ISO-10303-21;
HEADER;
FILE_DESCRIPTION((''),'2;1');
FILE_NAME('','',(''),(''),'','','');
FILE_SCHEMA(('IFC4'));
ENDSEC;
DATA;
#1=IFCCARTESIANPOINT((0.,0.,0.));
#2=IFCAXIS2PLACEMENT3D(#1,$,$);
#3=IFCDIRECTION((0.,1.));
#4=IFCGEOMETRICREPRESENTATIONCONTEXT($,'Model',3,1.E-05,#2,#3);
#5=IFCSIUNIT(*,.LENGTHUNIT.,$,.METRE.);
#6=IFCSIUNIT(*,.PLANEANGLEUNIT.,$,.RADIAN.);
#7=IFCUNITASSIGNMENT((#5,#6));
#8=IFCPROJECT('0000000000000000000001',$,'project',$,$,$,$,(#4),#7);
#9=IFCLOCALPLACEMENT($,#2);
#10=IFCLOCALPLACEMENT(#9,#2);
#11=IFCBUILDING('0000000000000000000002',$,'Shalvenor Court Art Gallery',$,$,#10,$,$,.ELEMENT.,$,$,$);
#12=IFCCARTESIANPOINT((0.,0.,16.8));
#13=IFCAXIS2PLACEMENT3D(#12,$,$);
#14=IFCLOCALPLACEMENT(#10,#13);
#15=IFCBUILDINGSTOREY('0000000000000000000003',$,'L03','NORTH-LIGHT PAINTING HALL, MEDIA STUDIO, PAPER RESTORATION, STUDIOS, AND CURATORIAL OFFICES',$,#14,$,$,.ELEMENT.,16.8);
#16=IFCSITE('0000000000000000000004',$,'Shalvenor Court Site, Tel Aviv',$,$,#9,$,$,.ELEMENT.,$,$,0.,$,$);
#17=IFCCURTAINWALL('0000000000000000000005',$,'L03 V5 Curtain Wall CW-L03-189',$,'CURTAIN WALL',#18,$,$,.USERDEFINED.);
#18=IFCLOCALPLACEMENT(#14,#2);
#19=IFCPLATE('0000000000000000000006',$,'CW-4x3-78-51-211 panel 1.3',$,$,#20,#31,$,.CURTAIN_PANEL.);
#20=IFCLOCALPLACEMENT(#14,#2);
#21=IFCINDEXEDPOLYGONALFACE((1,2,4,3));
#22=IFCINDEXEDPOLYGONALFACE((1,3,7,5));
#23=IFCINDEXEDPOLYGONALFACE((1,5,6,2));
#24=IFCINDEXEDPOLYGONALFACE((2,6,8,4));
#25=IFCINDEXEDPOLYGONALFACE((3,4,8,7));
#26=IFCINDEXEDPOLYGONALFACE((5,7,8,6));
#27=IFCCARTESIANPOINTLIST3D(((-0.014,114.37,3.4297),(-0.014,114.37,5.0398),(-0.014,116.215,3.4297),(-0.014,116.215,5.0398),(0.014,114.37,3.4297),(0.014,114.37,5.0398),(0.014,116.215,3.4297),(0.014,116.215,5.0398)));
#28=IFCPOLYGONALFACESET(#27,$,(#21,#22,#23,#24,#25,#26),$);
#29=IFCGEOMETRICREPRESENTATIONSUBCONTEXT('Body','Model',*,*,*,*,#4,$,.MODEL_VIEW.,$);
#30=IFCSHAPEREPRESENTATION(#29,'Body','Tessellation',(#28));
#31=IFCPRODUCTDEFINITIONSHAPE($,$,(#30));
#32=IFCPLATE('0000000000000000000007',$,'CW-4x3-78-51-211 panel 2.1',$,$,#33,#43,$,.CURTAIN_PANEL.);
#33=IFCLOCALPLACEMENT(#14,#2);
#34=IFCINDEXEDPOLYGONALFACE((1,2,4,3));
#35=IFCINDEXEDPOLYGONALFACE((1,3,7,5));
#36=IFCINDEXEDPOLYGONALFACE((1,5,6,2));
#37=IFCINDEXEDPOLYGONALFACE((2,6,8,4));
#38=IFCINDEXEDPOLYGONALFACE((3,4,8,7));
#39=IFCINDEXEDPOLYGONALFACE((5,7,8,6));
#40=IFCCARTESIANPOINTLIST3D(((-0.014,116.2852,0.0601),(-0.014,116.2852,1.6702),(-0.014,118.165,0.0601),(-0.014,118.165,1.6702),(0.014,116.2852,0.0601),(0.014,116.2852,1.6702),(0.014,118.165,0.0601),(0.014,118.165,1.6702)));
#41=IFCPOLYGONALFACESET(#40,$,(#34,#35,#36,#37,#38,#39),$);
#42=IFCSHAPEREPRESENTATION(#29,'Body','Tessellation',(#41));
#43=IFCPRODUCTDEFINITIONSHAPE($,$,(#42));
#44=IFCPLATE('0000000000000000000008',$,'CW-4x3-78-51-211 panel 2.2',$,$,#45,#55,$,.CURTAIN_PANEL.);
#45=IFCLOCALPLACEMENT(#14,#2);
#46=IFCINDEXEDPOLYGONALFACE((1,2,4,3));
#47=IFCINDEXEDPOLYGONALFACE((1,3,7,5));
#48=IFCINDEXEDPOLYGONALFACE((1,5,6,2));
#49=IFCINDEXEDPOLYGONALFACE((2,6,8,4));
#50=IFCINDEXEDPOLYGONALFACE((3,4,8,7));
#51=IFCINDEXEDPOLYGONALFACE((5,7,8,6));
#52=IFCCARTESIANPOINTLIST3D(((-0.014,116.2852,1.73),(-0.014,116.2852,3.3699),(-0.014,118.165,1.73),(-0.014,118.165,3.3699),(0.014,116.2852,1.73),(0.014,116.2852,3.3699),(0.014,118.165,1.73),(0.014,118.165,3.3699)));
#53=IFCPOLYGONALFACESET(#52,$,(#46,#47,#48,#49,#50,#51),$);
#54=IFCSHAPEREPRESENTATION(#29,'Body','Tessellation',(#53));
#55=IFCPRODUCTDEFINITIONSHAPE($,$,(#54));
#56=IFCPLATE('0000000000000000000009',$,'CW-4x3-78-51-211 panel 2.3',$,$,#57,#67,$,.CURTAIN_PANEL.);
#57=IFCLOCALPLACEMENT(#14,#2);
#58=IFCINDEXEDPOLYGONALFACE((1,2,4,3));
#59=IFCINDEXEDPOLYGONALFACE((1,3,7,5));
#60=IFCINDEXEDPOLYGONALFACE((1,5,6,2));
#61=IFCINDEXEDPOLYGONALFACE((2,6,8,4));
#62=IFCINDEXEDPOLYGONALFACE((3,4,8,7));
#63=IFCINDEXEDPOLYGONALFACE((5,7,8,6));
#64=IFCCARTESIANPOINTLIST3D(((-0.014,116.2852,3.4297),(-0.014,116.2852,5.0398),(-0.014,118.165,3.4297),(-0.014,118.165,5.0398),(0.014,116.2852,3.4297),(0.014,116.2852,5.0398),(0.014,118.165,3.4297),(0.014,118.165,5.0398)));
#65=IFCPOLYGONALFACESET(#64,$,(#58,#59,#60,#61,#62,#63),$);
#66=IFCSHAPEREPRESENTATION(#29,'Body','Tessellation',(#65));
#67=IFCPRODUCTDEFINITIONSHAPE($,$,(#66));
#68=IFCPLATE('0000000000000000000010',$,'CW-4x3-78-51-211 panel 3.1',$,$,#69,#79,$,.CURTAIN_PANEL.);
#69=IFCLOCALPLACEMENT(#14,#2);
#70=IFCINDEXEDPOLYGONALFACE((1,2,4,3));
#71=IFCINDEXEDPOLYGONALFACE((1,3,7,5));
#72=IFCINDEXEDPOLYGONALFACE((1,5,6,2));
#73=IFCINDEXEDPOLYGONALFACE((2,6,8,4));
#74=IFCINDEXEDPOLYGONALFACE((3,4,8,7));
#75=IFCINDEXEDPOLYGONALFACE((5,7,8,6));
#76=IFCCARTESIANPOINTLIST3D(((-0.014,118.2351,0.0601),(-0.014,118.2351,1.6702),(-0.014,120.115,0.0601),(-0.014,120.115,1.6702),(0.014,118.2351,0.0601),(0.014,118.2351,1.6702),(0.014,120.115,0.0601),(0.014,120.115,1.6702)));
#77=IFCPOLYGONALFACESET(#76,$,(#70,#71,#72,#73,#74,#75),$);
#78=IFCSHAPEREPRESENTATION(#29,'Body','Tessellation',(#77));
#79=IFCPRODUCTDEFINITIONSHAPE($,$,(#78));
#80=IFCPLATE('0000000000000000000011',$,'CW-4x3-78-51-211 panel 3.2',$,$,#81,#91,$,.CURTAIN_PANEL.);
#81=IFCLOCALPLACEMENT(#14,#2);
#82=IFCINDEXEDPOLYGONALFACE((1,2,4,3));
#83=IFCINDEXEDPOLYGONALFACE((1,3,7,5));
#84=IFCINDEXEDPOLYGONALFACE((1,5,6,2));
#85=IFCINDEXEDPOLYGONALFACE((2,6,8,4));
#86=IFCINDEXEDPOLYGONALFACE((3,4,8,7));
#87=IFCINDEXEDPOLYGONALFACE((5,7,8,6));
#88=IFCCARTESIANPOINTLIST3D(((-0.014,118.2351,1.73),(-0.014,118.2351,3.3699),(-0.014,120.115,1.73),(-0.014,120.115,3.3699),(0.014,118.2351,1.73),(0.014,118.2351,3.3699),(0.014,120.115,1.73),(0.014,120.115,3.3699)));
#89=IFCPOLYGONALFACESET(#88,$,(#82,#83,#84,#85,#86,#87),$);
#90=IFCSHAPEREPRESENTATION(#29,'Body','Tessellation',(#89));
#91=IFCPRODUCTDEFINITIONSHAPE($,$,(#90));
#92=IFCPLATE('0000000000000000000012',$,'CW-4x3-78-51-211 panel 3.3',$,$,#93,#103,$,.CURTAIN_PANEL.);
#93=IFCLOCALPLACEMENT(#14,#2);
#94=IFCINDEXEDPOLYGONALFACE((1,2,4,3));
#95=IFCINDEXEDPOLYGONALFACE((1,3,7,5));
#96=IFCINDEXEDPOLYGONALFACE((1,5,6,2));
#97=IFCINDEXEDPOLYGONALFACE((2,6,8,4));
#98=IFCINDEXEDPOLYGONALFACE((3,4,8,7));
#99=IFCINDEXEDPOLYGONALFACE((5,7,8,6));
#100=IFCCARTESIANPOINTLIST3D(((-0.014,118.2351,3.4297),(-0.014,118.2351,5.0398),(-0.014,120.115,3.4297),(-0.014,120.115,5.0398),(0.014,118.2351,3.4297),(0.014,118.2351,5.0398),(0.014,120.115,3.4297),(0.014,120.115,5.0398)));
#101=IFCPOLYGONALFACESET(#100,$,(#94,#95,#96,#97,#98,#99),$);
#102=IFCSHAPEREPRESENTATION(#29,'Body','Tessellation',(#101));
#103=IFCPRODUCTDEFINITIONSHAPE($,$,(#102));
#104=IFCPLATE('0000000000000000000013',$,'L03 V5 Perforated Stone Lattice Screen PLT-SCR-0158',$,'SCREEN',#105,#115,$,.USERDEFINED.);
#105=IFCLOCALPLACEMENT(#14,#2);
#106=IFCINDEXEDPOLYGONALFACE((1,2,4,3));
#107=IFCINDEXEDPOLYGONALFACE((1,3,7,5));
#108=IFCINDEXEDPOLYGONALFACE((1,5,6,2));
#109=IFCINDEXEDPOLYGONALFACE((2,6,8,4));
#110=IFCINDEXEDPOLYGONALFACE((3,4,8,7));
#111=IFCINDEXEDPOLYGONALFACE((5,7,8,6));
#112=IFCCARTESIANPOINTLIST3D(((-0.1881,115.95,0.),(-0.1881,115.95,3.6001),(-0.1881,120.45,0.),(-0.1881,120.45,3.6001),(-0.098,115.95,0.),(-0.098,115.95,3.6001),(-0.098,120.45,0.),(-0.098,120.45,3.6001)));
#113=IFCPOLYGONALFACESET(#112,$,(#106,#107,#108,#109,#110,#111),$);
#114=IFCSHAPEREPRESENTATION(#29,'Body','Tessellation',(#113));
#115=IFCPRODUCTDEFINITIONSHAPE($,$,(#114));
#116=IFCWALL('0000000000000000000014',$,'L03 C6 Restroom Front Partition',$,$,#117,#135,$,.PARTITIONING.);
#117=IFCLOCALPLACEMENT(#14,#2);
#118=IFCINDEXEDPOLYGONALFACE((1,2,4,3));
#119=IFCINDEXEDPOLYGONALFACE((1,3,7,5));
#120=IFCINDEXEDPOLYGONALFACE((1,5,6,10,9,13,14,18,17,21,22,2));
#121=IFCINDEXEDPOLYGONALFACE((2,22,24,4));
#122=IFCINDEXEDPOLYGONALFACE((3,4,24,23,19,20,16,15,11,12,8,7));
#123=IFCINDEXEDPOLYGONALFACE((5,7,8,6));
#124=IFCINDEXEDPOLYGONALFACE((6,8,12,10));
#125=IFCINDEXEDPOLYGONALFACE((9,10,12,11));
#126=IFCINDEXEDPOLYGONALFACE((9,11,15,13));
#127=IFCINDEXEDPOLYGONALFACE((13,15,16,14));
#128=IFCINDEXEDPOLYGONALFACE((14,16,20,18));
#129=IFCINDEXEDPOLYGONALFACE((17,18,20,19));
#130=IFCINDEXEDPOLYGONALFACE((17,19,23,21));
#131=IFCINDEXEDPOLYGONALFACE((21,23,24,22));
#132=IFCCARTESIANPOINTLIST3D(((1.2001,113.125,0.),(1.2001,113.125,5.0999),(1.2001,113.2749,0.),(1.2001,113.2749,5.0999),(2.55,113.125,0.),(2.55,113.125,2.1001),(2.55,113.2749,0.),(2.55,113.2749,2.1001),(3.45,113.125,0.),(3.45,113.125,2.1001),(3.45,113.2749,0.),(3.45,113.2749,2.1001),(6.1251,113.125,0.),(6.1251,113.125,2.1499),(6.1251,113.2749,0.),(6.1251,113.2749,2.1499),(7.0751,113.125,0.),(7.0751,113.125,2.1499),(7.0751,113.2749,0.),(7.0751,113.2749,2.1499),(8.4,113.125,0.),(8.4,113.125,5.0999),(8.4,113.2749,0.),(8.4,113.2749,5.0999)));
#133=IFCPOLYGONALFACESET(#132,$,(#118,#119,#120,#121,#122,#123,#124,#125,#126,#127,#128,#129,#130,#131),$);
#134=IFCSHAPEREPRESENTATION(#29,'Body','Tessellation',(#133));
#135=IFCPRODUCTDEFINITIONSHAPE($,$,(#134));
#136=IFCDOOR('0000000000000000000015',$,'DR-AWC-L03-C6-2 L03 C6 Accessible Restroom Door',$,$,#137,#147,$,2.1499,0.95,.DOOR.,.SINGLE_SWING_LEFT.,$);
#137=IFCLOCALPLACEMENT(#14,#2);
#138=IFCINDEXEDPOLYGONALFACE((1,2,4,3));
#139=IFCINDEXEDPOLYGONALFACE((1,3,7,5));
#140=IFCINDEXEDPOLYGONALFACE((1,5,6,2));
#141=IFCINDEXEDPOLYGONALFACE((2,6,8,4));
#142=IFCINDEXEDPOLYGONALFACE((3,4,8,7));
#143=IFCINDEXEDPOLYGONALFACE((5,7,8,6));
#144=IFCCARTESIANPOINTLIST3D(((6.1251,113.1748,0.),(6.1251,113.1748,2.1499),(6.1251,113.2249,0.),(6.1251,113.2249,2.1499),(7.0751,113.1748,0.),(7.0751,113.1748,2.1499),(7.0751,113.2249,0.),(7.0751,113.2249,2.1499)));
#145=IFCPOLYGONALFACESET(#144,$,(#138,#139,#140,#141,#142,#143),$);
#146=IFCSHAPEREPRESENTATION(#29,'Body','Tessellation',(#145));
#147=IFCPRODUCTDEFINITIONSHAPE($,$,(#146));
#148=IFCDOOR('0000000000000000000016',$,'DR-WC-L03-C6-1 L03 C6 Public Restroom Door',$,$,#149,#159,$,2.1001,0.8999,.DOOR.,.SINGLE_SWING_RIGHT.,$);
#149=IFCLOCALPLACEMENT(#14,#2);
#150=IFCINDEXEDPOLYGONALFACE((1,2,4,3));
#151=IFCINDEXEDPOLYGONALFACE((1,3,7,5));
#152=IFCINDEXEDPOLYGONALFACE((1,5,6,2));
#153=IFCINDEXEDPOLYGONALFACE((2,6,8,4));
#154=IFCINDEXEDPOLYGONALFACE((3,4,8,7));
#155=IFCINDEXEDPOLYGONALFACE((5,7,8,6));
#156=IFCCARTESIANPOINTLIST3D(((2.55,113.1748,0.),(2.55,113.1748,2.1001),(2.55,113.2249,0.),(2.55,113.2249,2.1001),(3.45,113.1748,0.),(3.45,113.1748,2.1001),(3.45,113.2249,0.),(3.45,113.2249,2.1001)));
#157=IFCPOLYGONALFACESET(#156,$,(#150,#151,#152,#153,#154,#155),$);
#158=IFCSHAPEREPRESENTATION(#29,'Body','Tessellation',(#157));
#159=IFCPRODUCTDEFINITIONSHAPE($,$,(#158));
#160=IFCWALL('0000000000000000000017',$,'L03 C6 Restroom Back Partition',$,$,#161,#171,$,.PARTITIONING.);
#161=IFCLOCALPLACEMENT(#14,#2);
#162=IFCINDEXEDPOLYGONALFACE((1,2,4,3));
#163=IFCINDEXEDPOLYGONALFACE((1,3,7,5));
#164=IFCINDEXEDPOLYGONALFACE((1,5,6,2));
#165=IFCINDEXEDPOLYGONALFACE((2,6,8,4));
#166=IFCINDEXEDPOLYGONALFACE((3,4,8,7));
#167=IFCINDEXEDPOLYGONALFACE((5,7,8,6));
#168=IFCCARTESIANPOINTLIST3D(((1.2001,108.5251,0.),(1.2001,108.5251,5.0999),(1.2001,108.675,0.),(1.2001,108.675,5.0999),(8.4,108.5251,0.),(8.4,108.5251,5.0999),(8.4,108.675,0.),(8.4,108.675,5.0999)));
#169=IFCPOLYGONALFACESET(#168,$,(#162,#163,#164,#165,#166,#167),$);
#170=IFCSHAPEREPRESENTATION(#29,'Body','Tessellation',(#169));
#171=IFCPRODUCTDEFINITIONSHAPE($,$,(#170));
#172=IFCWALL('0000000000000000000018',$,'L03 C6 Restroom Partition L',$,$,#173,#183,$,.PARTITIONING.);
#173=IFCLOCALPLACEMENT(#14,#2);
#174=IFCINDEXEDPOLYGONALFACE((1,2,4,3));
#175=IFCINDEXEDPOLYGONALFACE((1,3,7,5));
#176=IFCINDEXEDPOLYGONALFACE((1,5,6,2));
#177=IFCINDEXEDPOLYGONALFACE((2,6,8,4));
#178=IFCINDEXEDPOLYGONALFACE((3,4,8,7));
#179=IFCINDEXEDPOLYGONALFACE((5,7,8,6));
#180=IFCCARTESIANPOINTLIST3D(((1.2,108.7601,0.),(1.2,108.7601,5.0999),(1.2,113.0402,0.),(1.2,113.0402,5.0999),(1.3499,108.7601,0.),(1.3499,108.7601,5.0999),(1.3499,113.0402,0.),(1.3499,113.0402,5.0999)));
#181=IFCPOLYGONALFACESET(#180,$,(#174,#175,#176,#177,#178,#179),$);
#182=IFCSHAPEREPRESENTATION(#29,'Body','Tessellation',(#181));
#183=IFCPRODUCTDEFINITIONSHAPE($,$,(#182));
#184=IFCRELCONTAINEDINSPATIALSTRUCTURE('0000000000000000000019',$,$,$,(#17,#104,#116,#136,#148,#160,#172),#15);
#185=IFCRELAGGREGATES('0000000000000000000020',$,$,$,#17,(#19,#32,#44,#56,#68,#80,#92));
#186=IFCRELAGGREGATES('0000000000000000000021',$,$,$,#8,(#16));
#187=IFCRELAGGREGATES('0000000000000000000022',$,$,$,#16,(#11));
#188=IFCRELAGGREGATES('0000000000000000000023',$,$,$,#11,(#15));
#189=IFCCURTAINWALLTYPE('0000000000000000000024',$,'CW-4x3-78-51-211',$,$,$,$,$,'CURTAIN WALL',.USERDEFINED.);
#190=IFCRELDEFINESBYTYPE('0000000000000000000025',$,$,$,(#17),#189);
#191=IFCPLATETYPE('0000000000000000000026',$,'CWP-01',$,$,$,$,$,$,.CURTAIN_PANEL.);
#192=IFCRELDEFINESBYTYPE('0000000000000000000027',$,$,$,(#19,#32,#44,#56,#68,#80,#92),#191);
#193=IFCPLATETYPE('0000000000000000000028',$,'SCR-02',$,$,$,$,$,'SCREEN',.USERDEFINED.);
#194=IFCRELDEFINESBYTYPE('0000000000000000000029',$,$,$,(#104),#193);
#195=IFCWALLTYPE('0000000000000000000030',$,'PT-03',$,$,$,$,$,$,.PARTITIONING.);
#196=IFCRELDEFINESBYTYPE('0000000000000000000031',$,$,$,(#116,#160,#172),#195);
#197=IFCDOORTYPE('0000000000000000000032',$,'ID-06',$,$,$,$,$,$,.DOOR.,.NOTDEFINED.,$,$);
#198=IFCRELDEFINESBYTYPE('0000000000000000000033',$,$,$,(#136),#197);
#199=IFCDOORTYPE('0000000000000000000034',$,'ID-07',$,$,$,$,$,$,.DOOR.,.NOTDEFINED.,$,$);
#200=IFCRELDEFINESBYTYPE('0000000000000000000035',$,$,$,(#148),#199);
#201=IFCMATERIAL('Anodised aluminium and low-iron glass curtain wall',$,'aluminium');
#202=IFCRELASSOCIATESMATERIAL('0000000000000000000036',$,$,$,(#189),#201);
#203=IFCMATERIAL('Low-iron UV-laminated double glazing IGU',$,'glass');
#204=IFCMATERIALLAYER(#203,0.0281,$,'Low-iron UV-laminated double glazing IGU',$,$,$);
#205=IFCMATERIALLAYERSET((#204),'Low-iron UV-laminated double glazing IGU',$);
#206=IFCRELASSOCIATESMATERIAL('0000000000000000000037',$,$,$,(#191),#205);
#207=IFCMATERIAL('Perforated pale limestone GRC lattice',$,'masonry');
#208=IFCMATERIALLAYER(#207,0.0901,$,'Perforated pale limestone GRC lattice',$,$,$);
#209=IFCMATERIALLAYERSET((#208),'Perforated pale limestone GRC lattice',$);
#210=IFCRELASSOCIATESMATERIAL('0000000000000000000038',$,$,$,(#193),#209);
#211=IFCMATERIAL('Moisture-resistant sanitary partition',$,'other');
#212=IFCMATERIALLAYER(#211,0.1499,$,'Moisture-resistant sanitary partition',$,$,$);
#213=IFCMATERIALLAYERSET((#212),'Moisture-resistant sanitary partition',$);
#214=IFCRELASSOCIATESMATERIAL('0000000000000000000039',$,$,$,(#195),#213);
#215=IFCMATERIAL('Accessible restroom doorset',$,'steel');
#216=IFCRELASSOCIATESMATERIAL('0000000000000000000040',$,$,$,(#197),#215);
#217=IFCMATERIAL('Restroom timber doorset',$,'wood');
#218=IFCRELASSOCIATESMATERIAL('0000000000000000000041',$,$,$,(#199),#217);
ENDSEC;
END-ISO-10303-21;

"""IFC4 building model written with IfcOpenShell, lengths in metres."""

from ifc_helpers import new_model, si_unit, direction, frame, frame_2d, origin, origin_2d, place, context, subcontext, project, spatial, rectangle, extrude, material, layer, layer_set, type_object, element, fill, aggregate, save


model = new_model("IFC4")

# Units and contexts
model_context = context("Model", 3, precision=1e-05, world=origin(), true_north=direction((0.0, 1.0)))
body_context = subcontext(model_context, "Body", "Model", "MODEL_VIEW")
ifc_project = project(units=[si_unit("LENGTHUNIT", "METRE"), si_unit("PLANEANGLEUNIT", "RADIAN")], contexts=[model_context])

# Site, building, storey
site_placement = place(None, origin())
site = spatial("IfcSite", under=ifc_project, at=site_placement, Name="Shalvenor Court Site, Tel Aviv", CompositionType="ELEMENT", RefElevation=0.0)
building_placement = place(site_placement, origin())
building = spatial("IfcBuilding", under=site, at=building_placement, Name="Shalvenor Court Art Gallery", CompositionType="ELEMENT")
storey_placement = place(building_placement, frame((0.0, 0.0, 16.8)))
storey = spatial("IfcBuildingStorey", under=building, at=storey_placement, Name="L03", Description="NORTH-LIGHT PAINTING HALL, MEDIA STUDIO, PAPER RESTORATION, STUDIOS, AND CURATORIAL OFFICES", CompositionType="ELEMENT", Elevation=16.8)

# Curtain wall
ifc_material_1 = material(Name="Anodised aluminium and low-iron glass curtain wall", Category="aluminium")
curtain_wall_type = type_object("IfcCurtainWallType", Name="CW-4x3-78-51-211", ElementType="CURTAIN WALL", PredefinedType="USERDEFINED", material=ifc_material_1)
curtain_wall_placement = place(storey_placement, origin())
curtain_wall = element("IfcCurtainWall", 1, at=curtain_wall_placement, inside=storey, type_object=curtain_wall_type, Name="L03 V5 Curtain Wall CW-L03-189", ObjectType="CURTAIN WALL", PredefinedType="USERDEFINED")

# Plates
ifc_material_2 = material(Name="Low-iron UV-laminated double glazing IGU", Category="glass")
ifc_layer_1 = layer(ifc_material_2, 0.0281, Name="Low-iron UV-laminated double glazing IGU")
ifc_layer_set_1 = layer_set([ifc_layer_1], Name="Low-iron UV-laminated double glazing IGU")
plate_type_1 = type_object("IfcPlateType", Name="CWP-01", PredefinedType="CURTAIN_PANEL", material=ifc_layer_set_1)
plate_1_placement = place(storey_placement, frame((0.0, 115.2925, 3.4297), z_axis=(0.0, 0.0, 1.0), x_axis=(0.0, 1.0, 0.0)))
plate_1 = element("IfcPlate", 2, at=plate_1_placement, type_object=plate_type_1, Name="CW-4x3-78-51-211 panel 1.3", PredefinedType="CURTAIN_PANEL", context=body_context, shape_type="SweptSolid", body=[
    extrude(rectangle(XDim=1.845, YDim=0.0281, at=origin_2d()), origin(), (0.0, 0.0, 1.0), 1.6101),
])
plate_2_placement = place(storey_placement, frame((0.0, 117.2251, 0.0601), z_axis=(0.0, 0.0, 1.0), x_axis=(0.0, 1.0, 0.0)))
plate_2 = element("IfcPlate", 3, at=plate_2_placement, type_object=plate_type_1, Name="CW-4x3-78-51-211 panel 2.1", PredefinedType="CURTAIN_PANEL", context=body_context, shape_type="SweptSolid", body=[
    extrude(rectangle(XDim=1.8799, YDim=0.0281, at=origin_2d()), origin(), (0.0, 0.0, 1.0), 1.6101),
])
plate_3_placement = place(storey_placement, frame((0.0, 117.2251, 1.73), z_axis=(0.0, 0.0, 1.0), x_axis=(0.0, 1.0, 0.0)))
plate_3 = element("IfcPlate", 4, at=plate_3_placement, type_object=plate_type_1, Name="CW-4x3-78-51-211 panel 2.2", PredefinedType="CURTAIN_PANEL", context=body_context, shape_type="SweptSolid", body=[
    extrude(rectangle(XDim=1.8799, YDim=0.0281, at=origin_2d()), origin(), (0.0, 0.0, 1.0), 1.6399),
])
plate_4_placement = place(storey_placement, frame((0.0, 117.2251, 3.4297), z_axis=(0.0, 0.0, 1.0), x_axis=(0.0, 1.0, 0.0)))
plate_4 = element("IfcPlate", 5, at=plate_4_placement, type_object=plate_type_1, Name="CW-4x3-78-51-211 panel 2.3", PredefinedType="CURTAIN_PANEL", context=body_context, shape_type="SweptSolid", body=[
    extrude(rectangle(XDim=1.8799, YDim=0.0281, at=origin_2d()), origin(), (0.0, 0.0, 1.0), 1.6101),
])
plate_5_placement = place(storey_placement, frame((0.0, 119.175, 0.0601), z_axis=(0.0, 0.0, 1.0), x_axis=(0.0, 1.0, 0.0)))
plate_5 = element("IfcPlate", 6, at=plate_5_placement, type_object=plate_type_1, Name="CW-4x3-78-51-211 panel 3.1", PredefinedType="CURTAIN_PANEL", context=body_context, shape_type="SweptSolid", body=[
    extrude(rectangle(XDim=1.8799, YDim=0.0281, at=origin_2d()), origin(), (0.0, 0.0, 1.0), 1.6101),
])
plate_6_placement = place(storey_placement, frame((0.0, 119.175, 1.73), z_axis=(0.0, 0.0, 1.0), x_axis=(0.0, 1.0, 0.0)))
plate_6 = element("IfcPlate", 7, at=plate_6_placement, type_object=plate_type_1, Name="CW-4x3-78-51-211 panel 3.2", PredefinedType="CURTAIN_PANEL", context=body_context, shape_type="SweptSolid", body=[
    extrude(rectangle(XDim=1.8799, YDim=0.0281, at=origin_2d()), origin(), (0.0, 0.0, 1.0), 1.6399),
])
plate_7_placement = place(storey_placement, frame((0.0, 119.175, 3.4297), z_axis=(0.0, 0.0, 1.0), x_axis=(0.0, 1.0, 0.0)))
plate_7 = element("IfcPlate", 8, at=plate_7_placement, type_object=plate_type_1, Name="CW-4x3-78-51-211 panel 3.3", PredefinedType="CURTAIN_PANEL", context=body_context, shape_type="SweptSolid", body=[
    extrude(rectangle(XDim=1.8799, YDim=0.0281, at=origin_2d()), origin(), (0.0, 0.0, 1.0), 1.6101),
])
aggregate(curtain_wall, [plate_1, plate_2, plate_3, plate_4, plate_5, plate_6, plate_7])
ifc_material_3 = material(Name="Perforated pale limestone GRC lattice", Category="masonry")
ifc_layer_2 = layer(ifc_material_3, 0.0901, Name="Perforated pale limestone GRC lattice")
ifc_layer_set_2 = layer_set([ifc_layer_2], Name="Perforated pale limestone GRC lattice")
plate_type_2 = type_object("IfcPlateType", Name="SCR-02", ElementType="SCREEN", PredefinedType="USERDEFINED", material=ifc_layer_set_2)
plate_8_placement = place(storey_placement, frame((-0.1431, 118.2, 0.0), z_axis=(0.0, 0.0, 1.0), x_axis=(0.0, 1.0, 0.0)))
element("IfcPlate", 9, at=plate_8_placement, inside=storey, type_object=plate_type_2, Name="L03 V5 Perforated Stone Lattice Screen PLT-SCR-0158", ObjectType="SCREEN", PredefinedType="USERDEFINED", context=body_context, shape_type="SweptSolid", body=[
    extrude(rectangle(XDim=4.5, YDim=0.0901, at=origin_2d()), origin(), (0.0, 0.0, 1.0), 3.6001),
])

# Wall, openings, doors
ifc_material_4 = material(Name="Moisture-resistant sanitary partition", Category="other")
ifc_layer_3 = layer(ifc_material_4, 0.1499, Name="Moisture-resistant sanitary partition")
ifc_layer_set_3 = layer_set([ifc_layer_3], Name="Moisture-resistant sanitary partition")
wall_type = type_object("IfcWallType", Name="PT-03", PredefinedType="PARTITIONING", material=ifc_layer_set_3)
wall_1_placement = place(storey_placement, frame((1.2, 113.2, 0.0), z_axis=(0.0, 0.0, 1.0), x_axis=(1.0, 0.0, 0.0)))
wall_1 = element("IfcWall", 10, at=wall_1_placement, inside=storey, type_object=wall_type, Name="L03 C6 Restroom Front Partition", PredefinedType="PARTITIONING", context=body_context, shape_type="SweptSolid", body=[
    extrude(rectangle(XDim=7.2, YDim=0.1499, at=frame_2d((3.6001, 0.0))), origin(), (0.0, 0.0, 1.0), 5.0999),
])
opening_1_placement = place(wall_1_placement, frame((1.3501, 0.0, 0.0)))
opening_1 = element("IfcOpeningElement", 11, at=opening_1_placement, cuts=wall_1, PredefinedType="OPENING", context=body_context, shape_type="SweptSolid", body=[
    extrude(rectangle(XDim=0.8999, YDim=2.1001, at=frame_2d((0.45, 1.05))), frame((0.0, 0.085, 0.0), z_axis=(0.0, -1.0, 0.0), x_axis=(1.0, 0.0, 0.0)), (0.0, 0.0, 1.0), 0.1699),
])
opening_2_placement = place(wall_1_placement, frame((4.925, 0.0, 0.0)))
opening_2 = element("IfcOpeningElement", 12, at=opening_2_placement, cuts=wall_1, PredefinedType="OPENING", context=body_context, shape_type="SweptSolid", body=[
    extrude(rectangle(XDim=0.95, YDim=2.1499, at=frame_2d((0.4751, 1.075))), frame((0.0, 0.085, 0.0), z_axis=(0.0, -1.0, 0.0), x_axis=(1.0, 0.0, 0.0)), (0.0, 0.0, 1.0), 0.1699),
])
ifc_material_5 = material(Name="Accessible restroom doorset", Category="steel")
door_type_1 = type_object("IfcDoorType", Name="ID-06", OperationType="NOTDEFINED", PredefinedType="DOOR", material=ifc_material_5)
door_1_placement = place(opening_2_placement, origin())
door_1 = element("IfcDoor", 13, at=door_1_placement, inside=storey, type_object=door_type_1, Name="DR-AWC-L03-C6-2 L03 C6 Accessible Restroom Door", OperationType="SINGLE_SWING_LEFT", OverallHeight=2.1499, OverallWidth=0.95, PredefinedType="DOOR", context=body_context, shape_type="SweptSolid", body=[
    extrude(rectangle(XDim=0.95, YDim=2.1499, at=frame_2d((0.4751, 1.075))), frame((0.0, 0.0249, 0.0), z_axis=(0.0, -1.0, 0.0), x_axis=(1.0, 0.0, 0.0)), (0.0, 0.0, 1.0), 0.05),
])
fill(opening_2, door_1)
ifc_material_6 = material(Name="Restroom timber doorset", Category="wood")
door_type_2 = type_object("IfcDoorType", Name="ID-07", OperationType="NOTDEFINED", PredefinedType="DOOR", material=ifc_material_6)
door_2_placement = place(opening_1_placement, origin())
door_2 = element("IfcDoor", 14, at=door_2_placement, inside=storey, type_object=door_type_2, Name="DR-WC-L03-C6-1 L03 C6 Public Restroom Door", OperationType="SINGLE_SWING_RIGHT", OverallHeight=2.1001, OverallWidth=0.8999, PredefinedType="DOOR", context=body_context, shape_type="SweptSolid", body=[
    extrude(rectangle(XDim=0.8999, YDim=2.1001, at=frame_2d((0.45, 1.05))), frame((0.0, 0.0249, 0.0), z_axis=(0.0, -1.0, 0.0), x_axis=(1.0, 0.0, 0.0)), (0.0, 0.0, 1.0), 0.05),
])
fill(opening_1, door_2)

# Walls
wall_2_placement = place(storey_placement, frame((1.2, 108.6001, 0.0), z_axis=(0.0, 0.0, 1.0), x_axis=(1.0, 0.0, 0.0)))
element("IfcWall", 15, at=wall_2_placement, inside=storey, type_object=wall_type, Name="L03 C6 Restroom Back Partition", PredefinedType="PARTITIONING", context=body_context, shape_type="SweptSolid", body=[
    extrude(rectangle(XDim=7.2, YDim=0.1499, at=frame_2d((3.6001, 0.0))), origin(), (0.0, 0.0, 1.0), 5.0999),
])
for number, where, z_axis, x_axis, name in (
    (16, (1.2749, 108.76, 0.0), (0.0, 0.0, 1.0), (0.0, 1.0, 0.0), "L03 C6 Restroom Partition L"),
):
    element("IfcWall", number, at=place(storey_placement, frame(where, z_axis=z_axis, x_axis=x_axis)), inside=storey, type_object=wall_type, Name=name, PredefinedType="PARTITIONING", context=body_context, shape_type="SweptSolid", body=[
        extrude(rectangle(XDim=4.28, YDim=0.1499, at=frame_2d((2.1401, 0.0))), origin(), (0.0, 0.0, 1.0), 5.0999),
    ])

save(model, "model.ifc")
